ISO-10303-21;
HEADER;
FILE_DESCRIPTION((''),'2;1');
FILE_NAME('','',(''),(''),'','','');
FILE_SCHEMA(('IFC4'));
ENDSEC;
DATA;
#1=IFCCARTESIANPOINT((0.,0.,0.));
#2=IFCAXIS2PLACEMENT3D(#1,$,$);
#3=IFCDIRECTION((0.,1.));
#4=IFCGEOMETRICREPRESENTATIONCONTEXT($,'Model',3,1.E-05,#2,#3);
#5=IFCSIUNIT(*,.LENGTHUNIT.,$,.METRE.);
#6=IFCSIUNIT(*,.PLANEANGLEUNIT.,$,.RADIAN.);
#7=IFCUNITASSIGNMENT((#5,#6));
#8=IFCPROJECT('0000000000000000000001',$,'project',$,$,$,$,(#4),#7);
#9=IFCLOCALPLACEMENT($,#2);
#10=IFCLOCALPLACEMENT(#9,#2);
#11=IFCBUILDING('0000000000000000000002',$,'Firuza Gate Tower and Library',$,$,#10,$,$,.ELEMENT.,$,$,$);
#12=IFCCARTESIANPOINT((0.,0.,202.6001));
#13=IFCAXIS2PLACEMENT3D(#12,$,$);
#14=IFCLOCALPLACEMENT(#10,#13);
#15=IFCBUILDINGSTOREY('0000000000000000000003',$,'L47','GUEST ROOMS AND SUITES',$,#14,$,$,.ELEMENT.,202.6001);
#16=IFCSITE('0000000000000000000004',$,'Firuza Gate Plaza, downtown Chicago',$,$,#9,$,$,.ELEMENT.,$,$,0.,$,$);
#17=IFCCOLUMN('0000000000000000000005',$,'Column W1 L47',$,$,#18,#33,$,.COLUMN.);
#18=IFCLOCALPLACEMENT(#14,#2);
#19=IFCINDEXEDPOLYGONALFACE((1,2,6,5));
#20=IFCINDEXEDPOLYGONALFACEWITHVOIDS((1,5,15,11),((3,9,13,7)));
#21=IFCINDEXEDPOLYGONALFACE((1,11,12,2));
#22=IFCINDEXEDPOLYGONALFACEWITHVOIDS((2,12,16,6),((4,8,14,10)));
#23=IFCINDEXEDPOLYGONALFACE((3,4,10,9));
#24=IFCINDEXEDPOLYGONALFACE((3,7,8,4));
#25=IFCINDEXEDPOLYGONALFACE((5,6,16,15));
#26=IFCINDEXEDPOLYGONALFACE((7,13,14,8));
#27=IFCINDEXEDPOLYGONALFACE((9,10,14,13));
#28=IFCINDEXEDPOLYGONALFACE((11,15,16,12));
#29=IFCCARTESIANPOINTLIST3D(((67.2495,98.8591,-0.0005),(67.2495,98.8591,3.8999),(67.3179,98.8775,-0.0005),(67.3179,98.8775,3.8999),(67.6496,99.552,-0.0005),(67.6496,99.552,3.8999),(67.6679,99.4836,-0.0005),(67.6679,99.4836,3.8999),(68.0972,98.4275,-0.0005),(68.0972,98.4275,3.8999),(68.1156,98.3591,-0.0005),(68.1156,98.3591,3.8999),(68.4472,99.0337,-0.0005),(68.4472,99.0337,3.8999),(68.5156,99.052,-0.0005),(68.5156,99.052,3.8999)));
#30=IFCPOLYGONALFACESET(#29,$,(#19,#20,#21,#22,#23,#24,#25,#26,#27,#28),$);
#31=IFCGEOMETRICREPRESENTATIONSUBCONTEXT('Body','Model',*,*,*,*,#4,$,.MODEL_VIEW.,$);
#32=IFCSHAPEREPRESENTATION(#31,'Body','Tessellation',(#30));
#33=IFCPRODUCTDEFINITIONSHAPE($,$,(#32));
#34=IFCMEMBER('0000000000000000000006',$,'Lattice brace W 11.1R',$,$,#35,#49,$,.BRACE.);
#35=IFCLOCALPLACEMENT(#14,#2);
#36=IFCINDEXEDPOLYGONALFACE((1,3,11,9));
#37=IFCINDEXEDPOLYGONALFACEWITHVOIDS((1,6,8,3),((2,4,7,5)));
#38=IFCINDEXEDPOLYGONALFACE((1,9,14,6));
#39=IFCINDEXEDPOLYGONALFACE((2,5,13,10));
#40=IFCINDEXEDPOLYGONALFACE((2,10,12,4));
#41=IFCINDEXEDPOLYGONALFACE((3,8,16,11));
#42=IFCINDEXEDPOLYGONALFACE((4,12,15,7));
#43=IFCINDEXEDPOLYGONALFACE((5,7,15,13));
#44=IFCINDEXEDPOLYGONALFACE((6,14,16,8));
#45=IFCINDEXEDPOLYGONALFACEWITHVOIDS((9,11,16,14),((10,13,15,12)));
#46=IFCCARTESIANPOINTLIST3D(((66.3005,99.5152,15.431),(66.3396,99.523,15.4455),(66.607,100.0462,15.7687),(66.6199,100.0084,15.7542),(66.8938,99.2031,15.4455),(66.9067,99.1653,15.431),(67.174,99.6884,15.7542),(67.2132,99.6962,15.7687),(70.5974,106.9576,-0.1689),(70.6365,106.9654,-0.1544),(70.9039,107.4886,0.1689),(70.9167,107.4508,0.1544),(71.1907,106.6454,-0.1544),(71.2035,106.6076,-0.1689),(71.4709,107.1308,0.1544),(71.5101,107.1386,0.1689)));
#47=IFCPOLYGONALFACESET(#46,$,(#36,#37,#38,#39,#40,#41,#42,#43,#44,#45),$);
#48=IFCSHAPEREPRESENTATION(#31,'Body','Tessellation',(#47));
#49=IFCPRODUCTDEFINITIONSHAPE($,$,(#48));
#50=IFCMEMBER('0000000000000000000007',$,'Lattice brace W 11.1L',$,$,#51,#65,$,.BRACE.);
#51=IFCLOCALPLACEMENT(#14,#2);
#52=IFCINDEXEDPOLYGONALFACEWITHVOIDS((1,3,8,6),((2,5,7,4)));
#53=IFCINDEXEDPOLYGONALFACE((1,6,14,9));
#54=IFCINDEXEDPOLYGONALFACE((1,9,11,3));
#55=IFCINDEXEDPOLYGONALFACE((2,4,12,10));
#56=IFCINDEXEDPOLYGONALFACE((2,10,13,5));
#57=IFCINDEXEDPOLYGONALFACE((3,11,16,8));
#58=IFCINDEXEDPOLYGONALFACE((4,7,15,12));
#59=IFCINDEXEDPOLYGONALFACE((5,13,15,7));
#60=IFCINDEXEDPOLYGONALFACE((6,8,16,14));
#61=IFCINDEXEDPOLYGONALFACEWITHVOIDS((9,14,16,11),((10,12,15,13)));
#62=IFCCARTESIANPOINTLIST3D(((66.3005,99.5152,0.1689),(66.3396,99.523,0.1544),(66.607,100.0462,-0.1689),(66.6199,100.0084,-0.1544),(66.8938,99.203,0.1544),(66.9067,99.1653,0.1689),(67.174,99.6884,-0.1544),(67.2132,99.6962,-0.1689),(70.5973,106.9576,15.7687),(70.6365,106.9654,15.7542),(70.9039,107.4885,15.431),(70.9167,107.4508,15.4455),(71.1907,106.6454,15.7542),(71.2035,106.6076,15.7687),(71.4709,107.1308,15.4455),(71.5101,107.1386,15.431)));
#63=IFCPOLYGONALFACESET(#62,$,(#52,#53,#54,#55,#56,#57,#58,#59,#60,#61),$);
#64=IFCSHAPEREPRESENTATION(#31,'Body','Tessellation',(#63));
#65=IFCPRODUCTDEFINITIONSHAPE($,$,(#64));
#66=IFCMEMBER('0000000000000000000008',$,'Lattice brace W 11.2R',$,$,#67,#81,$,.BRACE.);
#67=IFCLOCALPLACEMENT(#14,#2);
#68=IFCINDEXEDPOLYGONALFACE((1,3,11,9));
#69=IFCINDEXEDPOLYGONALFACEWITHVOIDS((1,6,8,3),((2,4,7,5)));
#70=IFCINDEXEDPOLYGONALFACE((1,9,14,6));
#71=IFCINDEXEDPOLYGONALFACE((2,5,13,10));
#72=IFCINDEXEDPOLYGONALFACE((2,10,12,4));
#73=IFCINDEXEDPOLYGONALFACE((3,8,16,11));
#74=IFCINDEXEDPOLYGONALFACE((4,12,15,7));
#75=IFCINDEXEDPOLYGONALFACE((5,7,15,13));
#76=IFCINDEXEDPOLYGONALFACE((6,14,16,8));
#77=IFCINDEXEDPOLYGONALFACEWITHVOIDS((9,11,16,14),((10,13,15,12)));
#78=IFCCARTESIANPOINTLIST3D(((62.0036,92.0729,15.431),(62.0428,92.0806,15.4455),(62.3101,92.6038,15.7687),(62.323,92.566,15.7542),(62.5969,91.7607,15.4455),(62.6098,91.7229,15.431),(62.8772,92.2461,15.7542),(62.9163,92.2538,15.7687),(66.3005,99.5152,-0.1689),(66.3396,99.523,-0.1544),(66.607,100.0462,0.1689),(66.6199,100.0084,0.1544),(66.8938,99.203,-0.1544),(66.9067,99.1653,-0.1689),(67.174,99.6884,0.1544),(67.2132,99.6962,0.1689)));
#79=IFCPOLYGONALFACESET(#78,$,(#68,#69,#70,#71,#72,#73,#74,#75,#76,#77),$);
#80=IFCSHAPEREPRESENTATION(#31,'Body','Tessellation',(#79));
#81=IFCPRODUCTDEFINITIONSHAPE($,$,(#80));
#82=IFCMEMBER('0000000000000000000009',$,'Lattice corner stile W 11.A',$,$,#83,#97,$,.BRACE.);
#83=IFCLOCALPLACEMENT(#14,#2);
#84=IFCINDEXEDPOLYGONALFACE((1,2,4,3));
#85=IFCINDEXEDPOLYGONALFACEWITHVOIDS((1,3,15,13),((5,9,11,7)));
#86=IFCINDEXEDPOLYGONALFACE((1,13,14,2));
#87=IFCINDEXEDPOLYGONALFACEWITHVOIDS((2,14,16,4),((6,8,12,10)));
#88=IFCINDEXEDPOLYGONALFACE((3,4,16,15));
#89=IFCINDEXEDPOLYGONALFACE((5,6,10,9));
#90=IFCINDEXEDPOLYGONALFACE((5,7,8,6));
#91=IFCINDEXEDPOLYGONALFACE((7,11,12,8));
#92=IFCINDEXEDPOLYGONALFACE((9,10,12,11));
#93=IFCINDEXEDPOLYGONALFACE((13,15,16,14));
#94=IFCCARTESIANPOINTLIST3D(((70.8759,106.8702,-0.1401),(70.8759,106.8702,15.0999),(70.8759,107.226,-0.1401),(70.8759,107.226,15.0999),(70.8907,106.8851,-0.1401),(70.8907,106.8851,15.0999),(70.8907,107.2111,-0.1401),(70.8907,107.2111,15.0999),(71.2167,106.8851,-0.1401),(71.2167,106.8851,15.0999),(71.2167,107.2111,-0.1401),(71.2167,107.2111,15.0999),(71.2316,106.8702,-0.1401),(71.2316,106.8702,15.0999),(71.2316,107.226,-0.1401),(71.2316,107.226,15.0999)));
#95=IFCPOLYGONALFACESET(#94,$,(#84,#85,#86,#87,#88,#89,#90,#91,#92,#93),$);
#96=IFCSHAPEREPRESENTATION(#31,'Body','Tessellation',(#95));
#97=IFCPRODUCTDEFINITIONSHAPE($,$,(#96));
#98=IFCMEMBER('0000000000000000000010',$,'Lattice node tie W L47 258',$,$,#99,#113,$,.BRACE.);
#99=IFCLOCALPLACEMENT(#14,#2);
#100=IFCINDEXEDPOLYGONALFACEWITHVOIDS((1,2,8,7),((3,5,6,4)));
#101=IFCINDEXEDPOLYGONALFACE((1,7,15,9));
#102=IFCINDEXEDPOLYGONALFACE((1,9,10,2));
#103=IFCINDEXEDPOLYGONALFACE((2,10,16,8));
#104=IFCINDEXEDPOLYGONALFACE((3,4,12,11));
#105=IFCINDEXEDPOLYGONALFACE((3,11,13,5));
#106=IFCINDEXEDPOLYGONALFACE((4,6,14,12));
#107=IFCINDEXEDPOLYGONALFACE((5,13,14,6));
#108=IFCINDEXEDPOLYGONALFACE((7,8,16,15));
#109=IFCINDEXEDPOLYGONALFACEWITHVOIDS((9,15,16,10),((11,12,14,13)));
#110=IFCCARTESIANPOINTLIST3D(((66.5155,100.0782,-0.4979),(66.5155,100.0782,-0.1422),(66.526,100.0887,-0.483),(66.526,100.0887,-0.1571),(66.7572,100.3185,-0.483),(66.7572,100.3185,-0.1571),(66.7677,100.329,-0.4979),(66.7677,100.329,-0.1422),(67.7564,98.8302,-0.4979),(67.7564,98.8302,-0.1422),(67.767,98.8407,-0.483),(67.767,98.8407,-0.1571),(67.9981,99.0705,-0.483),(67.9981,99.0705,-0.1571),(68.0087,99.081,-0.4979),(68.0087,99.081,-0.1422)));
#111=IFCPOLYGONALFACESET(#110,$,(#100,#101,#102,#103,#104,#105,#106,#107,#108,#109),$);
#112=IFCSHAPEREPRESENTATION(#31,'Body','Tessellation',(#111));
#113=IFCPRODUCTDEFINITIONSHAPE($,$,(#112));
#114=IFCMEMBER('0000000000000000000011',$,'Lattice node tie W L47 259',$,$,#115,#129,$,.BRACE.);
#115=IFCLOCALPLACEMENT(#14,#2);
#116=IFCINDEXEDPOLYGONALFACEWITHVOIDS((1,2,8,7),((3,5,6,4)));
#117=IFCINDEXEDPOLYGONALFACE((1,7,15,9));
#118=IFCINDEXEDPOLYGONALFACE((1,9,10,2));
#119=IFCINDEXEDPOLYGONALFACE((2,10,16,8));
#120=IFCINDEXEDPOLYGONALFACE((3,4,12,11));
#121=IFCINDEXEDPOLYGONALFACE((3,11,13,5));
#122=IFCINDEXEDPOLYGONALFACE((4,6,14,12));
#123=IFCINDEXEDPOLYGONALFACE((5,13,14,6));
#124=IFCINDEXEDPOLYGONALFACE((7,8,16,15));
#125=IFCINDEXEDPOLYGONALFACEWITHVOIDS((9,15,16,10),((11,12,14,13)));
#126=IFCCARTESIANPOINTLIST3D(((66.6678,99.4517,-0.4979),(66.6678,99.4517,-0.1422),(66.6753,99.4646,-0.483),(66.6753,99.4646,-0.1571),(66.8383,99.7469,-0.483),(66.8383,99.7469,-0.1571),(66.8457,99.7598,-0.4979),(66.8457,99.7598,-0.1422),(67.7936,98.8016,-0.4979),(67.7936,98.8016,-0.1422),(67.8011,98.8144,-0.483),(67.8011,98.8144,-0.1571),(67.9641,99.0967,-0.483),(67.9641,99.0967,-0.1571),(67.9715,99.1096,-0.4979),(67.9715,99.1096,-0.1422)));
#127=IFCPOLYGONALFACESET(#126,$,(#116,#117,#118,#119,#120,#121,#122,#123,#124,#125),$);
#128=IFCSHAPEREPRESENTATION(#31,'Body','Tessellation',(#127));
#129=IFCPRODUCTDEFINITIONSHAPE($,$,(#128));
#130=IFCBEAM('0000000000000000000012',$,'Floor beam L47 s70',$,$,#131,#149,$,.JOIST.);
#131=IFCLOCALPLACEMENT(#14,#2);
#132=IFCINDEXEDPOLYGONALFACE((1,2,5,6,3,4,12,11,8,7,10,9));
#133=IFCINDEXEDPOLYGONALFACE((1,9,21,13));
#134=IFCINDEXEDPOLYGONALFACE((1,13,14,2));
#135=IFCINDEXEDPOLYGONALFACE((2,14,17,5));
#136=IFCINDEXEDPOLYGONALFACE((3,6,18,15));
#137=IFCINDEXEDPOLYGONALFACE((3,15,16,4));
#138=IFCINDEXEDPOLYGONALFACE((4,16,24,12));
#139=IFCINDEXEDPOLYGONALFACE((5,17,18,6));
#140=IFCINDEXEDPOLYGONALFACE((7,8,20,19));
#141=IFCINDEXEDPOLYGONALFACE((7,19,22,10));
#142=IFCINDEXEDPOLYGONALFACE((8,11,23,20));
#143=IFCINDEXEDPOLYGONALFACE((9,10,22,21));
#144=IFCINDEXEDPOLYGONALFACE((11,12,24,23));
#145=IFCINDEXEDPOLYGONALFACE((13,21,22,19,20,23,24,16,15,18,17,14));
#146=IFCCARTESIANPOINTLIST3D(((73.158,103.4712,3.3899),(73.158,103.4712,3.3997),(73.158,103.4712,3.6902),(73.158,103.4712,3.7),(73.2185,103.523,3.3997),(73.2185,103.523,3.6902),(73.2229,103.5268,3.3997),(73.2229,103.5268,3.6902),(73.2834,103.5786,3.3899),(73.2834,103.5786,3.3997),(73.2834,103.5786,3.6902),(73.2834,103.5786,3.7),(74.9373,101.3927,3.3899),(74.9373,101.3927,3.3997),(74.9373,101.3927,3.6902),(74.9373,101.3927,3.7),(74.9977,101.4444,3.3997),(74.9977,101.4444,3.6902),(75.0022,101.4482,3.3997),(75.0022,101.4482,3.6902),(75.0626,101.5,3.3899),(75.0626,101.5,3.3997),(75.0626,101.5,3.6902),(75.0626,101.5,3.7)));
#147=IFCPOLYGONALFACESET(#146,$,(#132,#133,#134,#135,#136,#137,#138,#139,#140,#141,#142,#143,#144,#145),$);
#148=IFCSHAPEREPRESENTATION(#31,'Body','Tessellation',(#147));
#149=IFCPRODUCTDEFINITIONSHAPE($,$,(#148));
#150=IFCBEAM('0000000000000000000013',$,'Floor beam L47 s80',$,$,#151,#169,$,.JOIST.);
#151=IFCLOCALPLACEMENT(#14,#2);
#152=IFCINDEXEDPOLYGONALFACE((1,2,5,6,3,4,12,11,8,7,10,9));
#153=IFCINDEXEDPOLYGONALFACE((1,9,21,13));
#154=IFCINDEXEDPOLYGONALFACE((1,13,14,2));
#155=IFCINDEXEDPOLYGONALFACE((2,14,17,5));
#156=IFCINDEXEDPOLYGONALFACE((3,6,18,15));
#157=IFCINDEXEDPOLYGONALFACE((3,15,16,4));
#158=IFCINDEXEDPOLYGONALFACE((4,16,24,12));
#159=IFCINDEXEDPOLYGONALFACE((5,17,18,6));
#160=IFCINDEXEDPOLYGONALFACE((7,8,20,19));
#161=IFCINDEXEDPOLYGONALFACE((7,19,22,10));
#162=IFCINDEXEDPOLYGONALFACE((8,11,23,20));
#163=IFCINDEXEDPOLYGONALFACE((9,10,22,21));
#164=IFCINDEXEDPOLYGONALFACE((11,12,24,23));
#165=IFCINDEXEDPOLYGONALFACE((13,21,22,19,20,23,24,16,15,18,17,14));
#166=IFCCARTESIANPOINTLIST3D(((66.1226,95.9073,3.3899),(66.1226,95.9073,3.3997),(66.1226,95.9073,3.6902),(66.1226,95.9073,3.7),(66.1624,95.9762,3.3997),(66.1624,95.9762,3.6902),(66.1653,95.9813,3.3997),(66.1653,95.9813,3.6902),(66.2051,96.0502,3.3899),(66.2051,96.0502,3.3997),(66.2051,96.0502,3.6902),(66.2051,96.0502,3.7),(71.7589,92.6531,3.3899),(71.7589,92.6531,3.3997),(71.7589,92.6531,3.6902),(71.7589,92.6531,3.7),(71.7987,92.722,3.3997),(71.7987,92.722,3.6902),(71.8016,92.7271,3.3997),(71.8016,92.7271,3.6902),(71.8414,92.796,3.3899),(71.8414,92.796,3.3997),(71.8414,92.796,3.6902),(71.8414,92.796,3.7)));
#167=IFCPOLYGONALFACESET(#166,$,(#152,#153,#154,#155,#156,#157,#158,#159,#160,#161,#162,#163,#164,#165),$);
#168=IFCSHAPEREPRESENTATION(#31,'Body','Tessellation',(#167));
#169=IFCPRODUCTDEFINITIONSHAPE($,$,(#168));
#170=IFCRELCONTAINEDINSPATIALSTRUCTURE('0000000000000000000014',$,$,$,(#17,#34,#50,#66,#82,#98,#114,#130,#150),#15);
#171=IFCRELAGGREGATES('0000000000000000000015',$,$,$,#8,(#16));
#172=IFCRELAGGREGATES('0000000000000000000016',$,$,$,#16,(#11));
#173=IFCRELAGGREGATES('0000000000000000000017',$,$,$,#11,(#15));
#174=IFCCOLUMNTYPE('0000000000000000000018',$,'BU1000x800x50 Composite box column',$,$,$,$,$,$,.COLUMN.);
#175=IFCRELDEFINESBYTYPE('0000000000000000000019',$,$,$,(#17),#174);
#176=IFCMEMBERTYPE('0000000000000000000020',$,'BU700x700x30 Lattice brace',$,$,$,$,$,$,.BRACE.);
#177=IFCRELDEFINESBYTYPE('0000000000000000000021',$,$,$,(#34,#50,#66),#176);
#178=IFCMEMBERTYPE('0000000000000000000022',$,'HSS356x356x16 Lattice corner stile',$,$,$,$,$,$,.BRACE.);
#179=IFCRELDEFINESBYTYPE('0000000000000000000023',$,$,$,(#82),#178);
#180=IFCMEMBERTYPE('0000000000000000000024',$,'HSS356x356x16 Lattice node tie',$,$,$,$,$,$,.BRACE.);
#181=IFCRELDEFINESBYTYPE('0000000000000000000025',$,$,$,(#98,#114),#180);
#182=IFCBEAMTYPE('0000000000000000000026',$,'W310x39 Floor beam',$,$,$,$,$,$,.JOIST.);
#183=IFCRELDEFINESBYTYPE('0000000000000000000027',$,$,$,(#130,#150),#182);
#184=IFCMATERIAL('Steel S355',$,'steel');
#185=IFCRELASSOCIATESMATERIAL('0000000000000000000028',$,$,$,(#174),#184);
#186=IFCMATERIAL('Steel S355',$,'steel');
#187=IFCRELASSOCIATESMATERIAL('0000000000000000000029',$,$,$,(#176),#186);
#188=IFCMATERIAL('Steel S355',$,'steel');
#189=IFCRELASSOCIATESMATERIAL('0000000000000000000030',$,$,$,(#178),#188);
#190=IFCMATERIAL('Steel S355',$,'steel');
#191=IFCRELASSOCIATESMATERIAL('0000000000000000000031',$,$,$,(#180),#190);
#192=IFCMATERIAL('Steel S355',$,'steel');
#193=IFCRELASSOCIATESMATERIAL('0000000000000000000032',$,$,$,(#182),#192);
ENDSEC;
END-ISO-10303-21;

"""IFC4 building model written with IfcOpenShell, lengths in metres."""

from ifc_helpers import new_model, si_unit, direction, frame, origin, origin_2d, place, context, subcontext, project, spatial, hollow_rectangle, i_section, extrude, material, material_profile, profile_set, type_object, element, save


model = new_model("IFC4")

# Units and contexts
model_context = context("Model", 3, precision=1e-05, world=origin(), true_north=direction((0.0, 1.0)))
body_context = subcontext(model_context, "Body", "Model", "MODEL_VIEW")
ifc_project = project(units=[si_unit("LENGTHUNIT", "METRE"), si_unit("PLANEANGLEUNIT", "RADIAN")], contexts=[model_context])

# Site, building, storey
site_placement = place(None, origin())
site = spatial("IfcSite", under=ifc_project, at=site_placement, Name="Firuza Gate Plaza, downtown Chicago", CompositionType="ELEMENT", RefElevation=0.0)
building_placement = place(site_placement, origin())
building = spatial("IfcBuilding", under=site, at=building_placement, Name="Firuza Gate Tower and Library", CompositionType="ELEMENT")
storey_placement = place(building_placement, frame((0.0, 0.0, 202.6001)))
storey = spatial("IfcBuildingStorey", under=building, at=storey_placement, Name="L47", Description="GUEST ROOMS AND SUITES", CompositionType="ELEMENT", Elevation=202.6001)

# Column
ifc_material_1 = material(Name="Steel S355", Category="steel")
ifc_material_profile_1 = material_profile(ifc_material_1, hollow_rectangle(XDim=0.8, YDim=1.0, WallThickness=0.05, at=origin_2d()))
ifc_profile_set_1 = profile_set([ifc_material_profile_1], Name="Steel S355")
column_type = type_object("IfcColumnType", Name="BU1000x800x50 Composite box column", PredefinedType="COLUMN", material=ifc_profile_set_1)
column_placement = place(storey_placement, frame((67.8826, 98.9556, -0.0005), z_axis=(0.0, 0.0, 1.0), x_axis=(-0.5, -0.866025, 0.0)))
element("IfcColumn", 1, at=column_placement, inside=storey, type_object=column_type, Name="Column W1 L47", PredefinedType="COLUMN", context=body_context, shape_type="SweptSolid", body=[
    extrude(hollow_rectangle(XDim=0.8, YDim=1.0, WallThickness=0.05, at=origin_2d()), origin(), (0.0, 0.0, 1.0), 3.9004),
])

# Members
ifc_material_2 = material(Name="Steel S355", Category="steel")
ifc_material_profile_2 = material_profile(ifc_material_2, hollow_rectangle(XDim=0.7, YDim=0.7, WallThickness=0.03, at=origin_2d()))
ifc_profile_set_2 = profile_set([ifc_material_profile_2], Name="Steel S355")
member_type_1 = type_object("IfcMemberType", Name="BU700x700x30 Lattice brace", PredefinedType="BRACE", material=ifc_profile_set_2)
for number, where, z_axis, x_axis, name in (
    (2, (71.0537, 107.0481, 0.0), (-0.241258, -0.417869, 0.875888), (0.866025, -0.500001, 0.0), "Lattice brace W 11.1R"),
    (3, (66.7568, 99.6057, 0.0), (0.241258, 0.417869, 0.875888), (-0.866025, 0.500001, 0.0), "Lattice brace W 11.1L"),
    (4, (66.7568, 99.6057, 0.0), (-0.241258, -0.417869, 0.875888), (0.866025, -0.500001, 0.0), "Lattice brace W 11.2R"),
):
    element("IfcMember", number, at=place(storey_placement, frame(where, z_axis=z_axis, x_axis=x_axis)), inside=storey, type_object=member_type_1, Name=name, PredefinedType="BRACE", context=body_context, shape_type="SweptSolid", body=[
        extrude(hollow_rectangle(XDim=0.7, YDim=0.7, WallThickness=0.03, at=origin_2d()), origin(), (0.0, 0.0, 1.0), 17.8103),
    ])
ifc_material_3 = material(Name="Steel S355", Category="steel")
ifc_material_profile_3 = material_profile(ifc_material_3, hollow_rectangle(XDim=0.3557, YDim=0.3557, WallThickness=0.0149, at=origin_2d()))
ifc_profile_set_3 = profile_set([ifc_material_profile_3], Name="Steel S355")
member_type_2 = type_object("IfcMemberType", Name="HSS356x356x16 Lattice corner stile", PredefinedType="BRACE", material=ifc_profile_set_3)
member_1_placement = place(storey_placement, frame((71.0537, 107.0481, -0.1401), z_axis=(0.0, 0.0, 1.0), x_axis=(1.0, 0.0, 0.0)))
element("IfcMember", 5, at=member_1_placement, inside=storey, type_object=member_type_2, Name="Lattice corner stile W 11.A", PredefinedType="BRACE", context=body_context, shape_type="SweptSolid", body=[
    extrude(hollow_rectangle(XDim=0.3557, YDim=0.3557, WallThickness=0.0149, at=origin_2d()), origin(), (0.0, 0.0, 1.0), 15.24),
])
ifc_material_4 = material(Name="Steel S355", Category="steel")
ifc_material_profile_4 = material_profile(ifc_material_4, hollow_rectangle(XDim=0.3557, YDim=0.3557, WallThickness=0.0149, at=origin_2d()))
ifc_profile_set_4 = profile_set([ifc_material_profile_4], Name="Steel S355")
member_type_3 = type_object("IfcMemberType", Name="HSS356x356x16 Lattice node tie", PredefinedType="BRACE", material=ifc_profile_set_4)
member_2_placement = place(storey_placement, frame((67.8826, 98.9556, -0.3201), z_axis=(-0.705093, 0.709115, 0.0), x_axis=(-0.709115, -0.705093, 0.0)))
element("IfcMember", 6, at=member_2_placement, inside=storey, type_object=member_type_3, Name="Lattice node tie W L47 258", PredefinedType="BRACE", context=body_context, shape_type="SweptSolid", body=[
    extrude(hollow_rectangle(XDim=0.3557, YDim=0.3557, WallThickness=0.0149, at=origin_2d()), origin(), (0.0, 0.0, 1.0), 1.76),
])
member_3_placement = place(storey_placement, frame((67.8826, 98.9556, -0.3201), z_axis=(-0.865957, 0.500118, 0.0), x_axis=(-0.500118, -0.865957, 0.0)))
element("IfcMember", 7, at=member_3_placement, inside=storey, type_object=member_type_3, Name="Lattice node tie W L47 259", PredefinedType="BRACE", context=body_context, shape_type="SweptSolid", body=[
    extrude(hollow_rectangle(XDim=0.3557, YDim=0.3557, WallThickness=0.0149, at=origin_2d()), origin(), (0.0, 0.0, 1.0), 1.3),
])

# Beams
ifc_material_5 = material(Name="Steel S355", Category="steel")
ifc_material_profile_5 = material_profile(ifc_material_5, i_section(OverallWidth=0.165, OverallDepth=0.3101, WebThickness=0.0059, FlangeThickness=0.0098, at=origin_2d()))
ifc_profile_set_5 = profile_set([ifc_material_profile_5], Name="Steel S355")
beam_type_1 = type_object("IfcBeamType", Name="W310x39 Floor beam", PredefinedType="JOIST", material=ifc_profile_set_5)
beam_1_placement = place(storey_placement, frame((73.2207, 103.5249, 3.5449), z_axis=(0.650292, -0.759685, 0.0), x_axis=(0.759685, 0.650292, 0.0)))
element("IfcBeam", 8, at=beam_1_placement, inside=storey, type_object=beam_type_1, Name="Floor beam L47 s70", PredefinedType="JOIST", context=body_context, shape_type="SweptSolid", body=[
    extrude(i_section(OverallWidth=0.165, OverallDepth=0.3101, WebThickness=0.0059, FlangeThickness=0.0098, at=origin_2d()), origin(), (0.0, 0.0, 1.0), 2.7361),
])
beam_2_placement = place(storey_placement, frame((66.1638, 95.9788, 3.5449), z_axis=(0.866021, -0.500008, 0.0), x_axis=(0.500008, 0.866021, 0.0)))
element("IfcBeam", 9, at=beam_2_placement, inside=storey, type_object=beam_type_1, Name="Floor beam L47 s80", PredefinedType="JOIST", context=body_context, shape_type="SweptSolid", body=[
    extrude(i_section(OverallWidth=0.165, OverallDepth=0.3101, WebThickness=0.0059, FlangeThickness=0.0098, at=origin_2d()), origin(), (0.0, 0.0, 1.0), 6.5083),
])

save(model, "model.ifc")
